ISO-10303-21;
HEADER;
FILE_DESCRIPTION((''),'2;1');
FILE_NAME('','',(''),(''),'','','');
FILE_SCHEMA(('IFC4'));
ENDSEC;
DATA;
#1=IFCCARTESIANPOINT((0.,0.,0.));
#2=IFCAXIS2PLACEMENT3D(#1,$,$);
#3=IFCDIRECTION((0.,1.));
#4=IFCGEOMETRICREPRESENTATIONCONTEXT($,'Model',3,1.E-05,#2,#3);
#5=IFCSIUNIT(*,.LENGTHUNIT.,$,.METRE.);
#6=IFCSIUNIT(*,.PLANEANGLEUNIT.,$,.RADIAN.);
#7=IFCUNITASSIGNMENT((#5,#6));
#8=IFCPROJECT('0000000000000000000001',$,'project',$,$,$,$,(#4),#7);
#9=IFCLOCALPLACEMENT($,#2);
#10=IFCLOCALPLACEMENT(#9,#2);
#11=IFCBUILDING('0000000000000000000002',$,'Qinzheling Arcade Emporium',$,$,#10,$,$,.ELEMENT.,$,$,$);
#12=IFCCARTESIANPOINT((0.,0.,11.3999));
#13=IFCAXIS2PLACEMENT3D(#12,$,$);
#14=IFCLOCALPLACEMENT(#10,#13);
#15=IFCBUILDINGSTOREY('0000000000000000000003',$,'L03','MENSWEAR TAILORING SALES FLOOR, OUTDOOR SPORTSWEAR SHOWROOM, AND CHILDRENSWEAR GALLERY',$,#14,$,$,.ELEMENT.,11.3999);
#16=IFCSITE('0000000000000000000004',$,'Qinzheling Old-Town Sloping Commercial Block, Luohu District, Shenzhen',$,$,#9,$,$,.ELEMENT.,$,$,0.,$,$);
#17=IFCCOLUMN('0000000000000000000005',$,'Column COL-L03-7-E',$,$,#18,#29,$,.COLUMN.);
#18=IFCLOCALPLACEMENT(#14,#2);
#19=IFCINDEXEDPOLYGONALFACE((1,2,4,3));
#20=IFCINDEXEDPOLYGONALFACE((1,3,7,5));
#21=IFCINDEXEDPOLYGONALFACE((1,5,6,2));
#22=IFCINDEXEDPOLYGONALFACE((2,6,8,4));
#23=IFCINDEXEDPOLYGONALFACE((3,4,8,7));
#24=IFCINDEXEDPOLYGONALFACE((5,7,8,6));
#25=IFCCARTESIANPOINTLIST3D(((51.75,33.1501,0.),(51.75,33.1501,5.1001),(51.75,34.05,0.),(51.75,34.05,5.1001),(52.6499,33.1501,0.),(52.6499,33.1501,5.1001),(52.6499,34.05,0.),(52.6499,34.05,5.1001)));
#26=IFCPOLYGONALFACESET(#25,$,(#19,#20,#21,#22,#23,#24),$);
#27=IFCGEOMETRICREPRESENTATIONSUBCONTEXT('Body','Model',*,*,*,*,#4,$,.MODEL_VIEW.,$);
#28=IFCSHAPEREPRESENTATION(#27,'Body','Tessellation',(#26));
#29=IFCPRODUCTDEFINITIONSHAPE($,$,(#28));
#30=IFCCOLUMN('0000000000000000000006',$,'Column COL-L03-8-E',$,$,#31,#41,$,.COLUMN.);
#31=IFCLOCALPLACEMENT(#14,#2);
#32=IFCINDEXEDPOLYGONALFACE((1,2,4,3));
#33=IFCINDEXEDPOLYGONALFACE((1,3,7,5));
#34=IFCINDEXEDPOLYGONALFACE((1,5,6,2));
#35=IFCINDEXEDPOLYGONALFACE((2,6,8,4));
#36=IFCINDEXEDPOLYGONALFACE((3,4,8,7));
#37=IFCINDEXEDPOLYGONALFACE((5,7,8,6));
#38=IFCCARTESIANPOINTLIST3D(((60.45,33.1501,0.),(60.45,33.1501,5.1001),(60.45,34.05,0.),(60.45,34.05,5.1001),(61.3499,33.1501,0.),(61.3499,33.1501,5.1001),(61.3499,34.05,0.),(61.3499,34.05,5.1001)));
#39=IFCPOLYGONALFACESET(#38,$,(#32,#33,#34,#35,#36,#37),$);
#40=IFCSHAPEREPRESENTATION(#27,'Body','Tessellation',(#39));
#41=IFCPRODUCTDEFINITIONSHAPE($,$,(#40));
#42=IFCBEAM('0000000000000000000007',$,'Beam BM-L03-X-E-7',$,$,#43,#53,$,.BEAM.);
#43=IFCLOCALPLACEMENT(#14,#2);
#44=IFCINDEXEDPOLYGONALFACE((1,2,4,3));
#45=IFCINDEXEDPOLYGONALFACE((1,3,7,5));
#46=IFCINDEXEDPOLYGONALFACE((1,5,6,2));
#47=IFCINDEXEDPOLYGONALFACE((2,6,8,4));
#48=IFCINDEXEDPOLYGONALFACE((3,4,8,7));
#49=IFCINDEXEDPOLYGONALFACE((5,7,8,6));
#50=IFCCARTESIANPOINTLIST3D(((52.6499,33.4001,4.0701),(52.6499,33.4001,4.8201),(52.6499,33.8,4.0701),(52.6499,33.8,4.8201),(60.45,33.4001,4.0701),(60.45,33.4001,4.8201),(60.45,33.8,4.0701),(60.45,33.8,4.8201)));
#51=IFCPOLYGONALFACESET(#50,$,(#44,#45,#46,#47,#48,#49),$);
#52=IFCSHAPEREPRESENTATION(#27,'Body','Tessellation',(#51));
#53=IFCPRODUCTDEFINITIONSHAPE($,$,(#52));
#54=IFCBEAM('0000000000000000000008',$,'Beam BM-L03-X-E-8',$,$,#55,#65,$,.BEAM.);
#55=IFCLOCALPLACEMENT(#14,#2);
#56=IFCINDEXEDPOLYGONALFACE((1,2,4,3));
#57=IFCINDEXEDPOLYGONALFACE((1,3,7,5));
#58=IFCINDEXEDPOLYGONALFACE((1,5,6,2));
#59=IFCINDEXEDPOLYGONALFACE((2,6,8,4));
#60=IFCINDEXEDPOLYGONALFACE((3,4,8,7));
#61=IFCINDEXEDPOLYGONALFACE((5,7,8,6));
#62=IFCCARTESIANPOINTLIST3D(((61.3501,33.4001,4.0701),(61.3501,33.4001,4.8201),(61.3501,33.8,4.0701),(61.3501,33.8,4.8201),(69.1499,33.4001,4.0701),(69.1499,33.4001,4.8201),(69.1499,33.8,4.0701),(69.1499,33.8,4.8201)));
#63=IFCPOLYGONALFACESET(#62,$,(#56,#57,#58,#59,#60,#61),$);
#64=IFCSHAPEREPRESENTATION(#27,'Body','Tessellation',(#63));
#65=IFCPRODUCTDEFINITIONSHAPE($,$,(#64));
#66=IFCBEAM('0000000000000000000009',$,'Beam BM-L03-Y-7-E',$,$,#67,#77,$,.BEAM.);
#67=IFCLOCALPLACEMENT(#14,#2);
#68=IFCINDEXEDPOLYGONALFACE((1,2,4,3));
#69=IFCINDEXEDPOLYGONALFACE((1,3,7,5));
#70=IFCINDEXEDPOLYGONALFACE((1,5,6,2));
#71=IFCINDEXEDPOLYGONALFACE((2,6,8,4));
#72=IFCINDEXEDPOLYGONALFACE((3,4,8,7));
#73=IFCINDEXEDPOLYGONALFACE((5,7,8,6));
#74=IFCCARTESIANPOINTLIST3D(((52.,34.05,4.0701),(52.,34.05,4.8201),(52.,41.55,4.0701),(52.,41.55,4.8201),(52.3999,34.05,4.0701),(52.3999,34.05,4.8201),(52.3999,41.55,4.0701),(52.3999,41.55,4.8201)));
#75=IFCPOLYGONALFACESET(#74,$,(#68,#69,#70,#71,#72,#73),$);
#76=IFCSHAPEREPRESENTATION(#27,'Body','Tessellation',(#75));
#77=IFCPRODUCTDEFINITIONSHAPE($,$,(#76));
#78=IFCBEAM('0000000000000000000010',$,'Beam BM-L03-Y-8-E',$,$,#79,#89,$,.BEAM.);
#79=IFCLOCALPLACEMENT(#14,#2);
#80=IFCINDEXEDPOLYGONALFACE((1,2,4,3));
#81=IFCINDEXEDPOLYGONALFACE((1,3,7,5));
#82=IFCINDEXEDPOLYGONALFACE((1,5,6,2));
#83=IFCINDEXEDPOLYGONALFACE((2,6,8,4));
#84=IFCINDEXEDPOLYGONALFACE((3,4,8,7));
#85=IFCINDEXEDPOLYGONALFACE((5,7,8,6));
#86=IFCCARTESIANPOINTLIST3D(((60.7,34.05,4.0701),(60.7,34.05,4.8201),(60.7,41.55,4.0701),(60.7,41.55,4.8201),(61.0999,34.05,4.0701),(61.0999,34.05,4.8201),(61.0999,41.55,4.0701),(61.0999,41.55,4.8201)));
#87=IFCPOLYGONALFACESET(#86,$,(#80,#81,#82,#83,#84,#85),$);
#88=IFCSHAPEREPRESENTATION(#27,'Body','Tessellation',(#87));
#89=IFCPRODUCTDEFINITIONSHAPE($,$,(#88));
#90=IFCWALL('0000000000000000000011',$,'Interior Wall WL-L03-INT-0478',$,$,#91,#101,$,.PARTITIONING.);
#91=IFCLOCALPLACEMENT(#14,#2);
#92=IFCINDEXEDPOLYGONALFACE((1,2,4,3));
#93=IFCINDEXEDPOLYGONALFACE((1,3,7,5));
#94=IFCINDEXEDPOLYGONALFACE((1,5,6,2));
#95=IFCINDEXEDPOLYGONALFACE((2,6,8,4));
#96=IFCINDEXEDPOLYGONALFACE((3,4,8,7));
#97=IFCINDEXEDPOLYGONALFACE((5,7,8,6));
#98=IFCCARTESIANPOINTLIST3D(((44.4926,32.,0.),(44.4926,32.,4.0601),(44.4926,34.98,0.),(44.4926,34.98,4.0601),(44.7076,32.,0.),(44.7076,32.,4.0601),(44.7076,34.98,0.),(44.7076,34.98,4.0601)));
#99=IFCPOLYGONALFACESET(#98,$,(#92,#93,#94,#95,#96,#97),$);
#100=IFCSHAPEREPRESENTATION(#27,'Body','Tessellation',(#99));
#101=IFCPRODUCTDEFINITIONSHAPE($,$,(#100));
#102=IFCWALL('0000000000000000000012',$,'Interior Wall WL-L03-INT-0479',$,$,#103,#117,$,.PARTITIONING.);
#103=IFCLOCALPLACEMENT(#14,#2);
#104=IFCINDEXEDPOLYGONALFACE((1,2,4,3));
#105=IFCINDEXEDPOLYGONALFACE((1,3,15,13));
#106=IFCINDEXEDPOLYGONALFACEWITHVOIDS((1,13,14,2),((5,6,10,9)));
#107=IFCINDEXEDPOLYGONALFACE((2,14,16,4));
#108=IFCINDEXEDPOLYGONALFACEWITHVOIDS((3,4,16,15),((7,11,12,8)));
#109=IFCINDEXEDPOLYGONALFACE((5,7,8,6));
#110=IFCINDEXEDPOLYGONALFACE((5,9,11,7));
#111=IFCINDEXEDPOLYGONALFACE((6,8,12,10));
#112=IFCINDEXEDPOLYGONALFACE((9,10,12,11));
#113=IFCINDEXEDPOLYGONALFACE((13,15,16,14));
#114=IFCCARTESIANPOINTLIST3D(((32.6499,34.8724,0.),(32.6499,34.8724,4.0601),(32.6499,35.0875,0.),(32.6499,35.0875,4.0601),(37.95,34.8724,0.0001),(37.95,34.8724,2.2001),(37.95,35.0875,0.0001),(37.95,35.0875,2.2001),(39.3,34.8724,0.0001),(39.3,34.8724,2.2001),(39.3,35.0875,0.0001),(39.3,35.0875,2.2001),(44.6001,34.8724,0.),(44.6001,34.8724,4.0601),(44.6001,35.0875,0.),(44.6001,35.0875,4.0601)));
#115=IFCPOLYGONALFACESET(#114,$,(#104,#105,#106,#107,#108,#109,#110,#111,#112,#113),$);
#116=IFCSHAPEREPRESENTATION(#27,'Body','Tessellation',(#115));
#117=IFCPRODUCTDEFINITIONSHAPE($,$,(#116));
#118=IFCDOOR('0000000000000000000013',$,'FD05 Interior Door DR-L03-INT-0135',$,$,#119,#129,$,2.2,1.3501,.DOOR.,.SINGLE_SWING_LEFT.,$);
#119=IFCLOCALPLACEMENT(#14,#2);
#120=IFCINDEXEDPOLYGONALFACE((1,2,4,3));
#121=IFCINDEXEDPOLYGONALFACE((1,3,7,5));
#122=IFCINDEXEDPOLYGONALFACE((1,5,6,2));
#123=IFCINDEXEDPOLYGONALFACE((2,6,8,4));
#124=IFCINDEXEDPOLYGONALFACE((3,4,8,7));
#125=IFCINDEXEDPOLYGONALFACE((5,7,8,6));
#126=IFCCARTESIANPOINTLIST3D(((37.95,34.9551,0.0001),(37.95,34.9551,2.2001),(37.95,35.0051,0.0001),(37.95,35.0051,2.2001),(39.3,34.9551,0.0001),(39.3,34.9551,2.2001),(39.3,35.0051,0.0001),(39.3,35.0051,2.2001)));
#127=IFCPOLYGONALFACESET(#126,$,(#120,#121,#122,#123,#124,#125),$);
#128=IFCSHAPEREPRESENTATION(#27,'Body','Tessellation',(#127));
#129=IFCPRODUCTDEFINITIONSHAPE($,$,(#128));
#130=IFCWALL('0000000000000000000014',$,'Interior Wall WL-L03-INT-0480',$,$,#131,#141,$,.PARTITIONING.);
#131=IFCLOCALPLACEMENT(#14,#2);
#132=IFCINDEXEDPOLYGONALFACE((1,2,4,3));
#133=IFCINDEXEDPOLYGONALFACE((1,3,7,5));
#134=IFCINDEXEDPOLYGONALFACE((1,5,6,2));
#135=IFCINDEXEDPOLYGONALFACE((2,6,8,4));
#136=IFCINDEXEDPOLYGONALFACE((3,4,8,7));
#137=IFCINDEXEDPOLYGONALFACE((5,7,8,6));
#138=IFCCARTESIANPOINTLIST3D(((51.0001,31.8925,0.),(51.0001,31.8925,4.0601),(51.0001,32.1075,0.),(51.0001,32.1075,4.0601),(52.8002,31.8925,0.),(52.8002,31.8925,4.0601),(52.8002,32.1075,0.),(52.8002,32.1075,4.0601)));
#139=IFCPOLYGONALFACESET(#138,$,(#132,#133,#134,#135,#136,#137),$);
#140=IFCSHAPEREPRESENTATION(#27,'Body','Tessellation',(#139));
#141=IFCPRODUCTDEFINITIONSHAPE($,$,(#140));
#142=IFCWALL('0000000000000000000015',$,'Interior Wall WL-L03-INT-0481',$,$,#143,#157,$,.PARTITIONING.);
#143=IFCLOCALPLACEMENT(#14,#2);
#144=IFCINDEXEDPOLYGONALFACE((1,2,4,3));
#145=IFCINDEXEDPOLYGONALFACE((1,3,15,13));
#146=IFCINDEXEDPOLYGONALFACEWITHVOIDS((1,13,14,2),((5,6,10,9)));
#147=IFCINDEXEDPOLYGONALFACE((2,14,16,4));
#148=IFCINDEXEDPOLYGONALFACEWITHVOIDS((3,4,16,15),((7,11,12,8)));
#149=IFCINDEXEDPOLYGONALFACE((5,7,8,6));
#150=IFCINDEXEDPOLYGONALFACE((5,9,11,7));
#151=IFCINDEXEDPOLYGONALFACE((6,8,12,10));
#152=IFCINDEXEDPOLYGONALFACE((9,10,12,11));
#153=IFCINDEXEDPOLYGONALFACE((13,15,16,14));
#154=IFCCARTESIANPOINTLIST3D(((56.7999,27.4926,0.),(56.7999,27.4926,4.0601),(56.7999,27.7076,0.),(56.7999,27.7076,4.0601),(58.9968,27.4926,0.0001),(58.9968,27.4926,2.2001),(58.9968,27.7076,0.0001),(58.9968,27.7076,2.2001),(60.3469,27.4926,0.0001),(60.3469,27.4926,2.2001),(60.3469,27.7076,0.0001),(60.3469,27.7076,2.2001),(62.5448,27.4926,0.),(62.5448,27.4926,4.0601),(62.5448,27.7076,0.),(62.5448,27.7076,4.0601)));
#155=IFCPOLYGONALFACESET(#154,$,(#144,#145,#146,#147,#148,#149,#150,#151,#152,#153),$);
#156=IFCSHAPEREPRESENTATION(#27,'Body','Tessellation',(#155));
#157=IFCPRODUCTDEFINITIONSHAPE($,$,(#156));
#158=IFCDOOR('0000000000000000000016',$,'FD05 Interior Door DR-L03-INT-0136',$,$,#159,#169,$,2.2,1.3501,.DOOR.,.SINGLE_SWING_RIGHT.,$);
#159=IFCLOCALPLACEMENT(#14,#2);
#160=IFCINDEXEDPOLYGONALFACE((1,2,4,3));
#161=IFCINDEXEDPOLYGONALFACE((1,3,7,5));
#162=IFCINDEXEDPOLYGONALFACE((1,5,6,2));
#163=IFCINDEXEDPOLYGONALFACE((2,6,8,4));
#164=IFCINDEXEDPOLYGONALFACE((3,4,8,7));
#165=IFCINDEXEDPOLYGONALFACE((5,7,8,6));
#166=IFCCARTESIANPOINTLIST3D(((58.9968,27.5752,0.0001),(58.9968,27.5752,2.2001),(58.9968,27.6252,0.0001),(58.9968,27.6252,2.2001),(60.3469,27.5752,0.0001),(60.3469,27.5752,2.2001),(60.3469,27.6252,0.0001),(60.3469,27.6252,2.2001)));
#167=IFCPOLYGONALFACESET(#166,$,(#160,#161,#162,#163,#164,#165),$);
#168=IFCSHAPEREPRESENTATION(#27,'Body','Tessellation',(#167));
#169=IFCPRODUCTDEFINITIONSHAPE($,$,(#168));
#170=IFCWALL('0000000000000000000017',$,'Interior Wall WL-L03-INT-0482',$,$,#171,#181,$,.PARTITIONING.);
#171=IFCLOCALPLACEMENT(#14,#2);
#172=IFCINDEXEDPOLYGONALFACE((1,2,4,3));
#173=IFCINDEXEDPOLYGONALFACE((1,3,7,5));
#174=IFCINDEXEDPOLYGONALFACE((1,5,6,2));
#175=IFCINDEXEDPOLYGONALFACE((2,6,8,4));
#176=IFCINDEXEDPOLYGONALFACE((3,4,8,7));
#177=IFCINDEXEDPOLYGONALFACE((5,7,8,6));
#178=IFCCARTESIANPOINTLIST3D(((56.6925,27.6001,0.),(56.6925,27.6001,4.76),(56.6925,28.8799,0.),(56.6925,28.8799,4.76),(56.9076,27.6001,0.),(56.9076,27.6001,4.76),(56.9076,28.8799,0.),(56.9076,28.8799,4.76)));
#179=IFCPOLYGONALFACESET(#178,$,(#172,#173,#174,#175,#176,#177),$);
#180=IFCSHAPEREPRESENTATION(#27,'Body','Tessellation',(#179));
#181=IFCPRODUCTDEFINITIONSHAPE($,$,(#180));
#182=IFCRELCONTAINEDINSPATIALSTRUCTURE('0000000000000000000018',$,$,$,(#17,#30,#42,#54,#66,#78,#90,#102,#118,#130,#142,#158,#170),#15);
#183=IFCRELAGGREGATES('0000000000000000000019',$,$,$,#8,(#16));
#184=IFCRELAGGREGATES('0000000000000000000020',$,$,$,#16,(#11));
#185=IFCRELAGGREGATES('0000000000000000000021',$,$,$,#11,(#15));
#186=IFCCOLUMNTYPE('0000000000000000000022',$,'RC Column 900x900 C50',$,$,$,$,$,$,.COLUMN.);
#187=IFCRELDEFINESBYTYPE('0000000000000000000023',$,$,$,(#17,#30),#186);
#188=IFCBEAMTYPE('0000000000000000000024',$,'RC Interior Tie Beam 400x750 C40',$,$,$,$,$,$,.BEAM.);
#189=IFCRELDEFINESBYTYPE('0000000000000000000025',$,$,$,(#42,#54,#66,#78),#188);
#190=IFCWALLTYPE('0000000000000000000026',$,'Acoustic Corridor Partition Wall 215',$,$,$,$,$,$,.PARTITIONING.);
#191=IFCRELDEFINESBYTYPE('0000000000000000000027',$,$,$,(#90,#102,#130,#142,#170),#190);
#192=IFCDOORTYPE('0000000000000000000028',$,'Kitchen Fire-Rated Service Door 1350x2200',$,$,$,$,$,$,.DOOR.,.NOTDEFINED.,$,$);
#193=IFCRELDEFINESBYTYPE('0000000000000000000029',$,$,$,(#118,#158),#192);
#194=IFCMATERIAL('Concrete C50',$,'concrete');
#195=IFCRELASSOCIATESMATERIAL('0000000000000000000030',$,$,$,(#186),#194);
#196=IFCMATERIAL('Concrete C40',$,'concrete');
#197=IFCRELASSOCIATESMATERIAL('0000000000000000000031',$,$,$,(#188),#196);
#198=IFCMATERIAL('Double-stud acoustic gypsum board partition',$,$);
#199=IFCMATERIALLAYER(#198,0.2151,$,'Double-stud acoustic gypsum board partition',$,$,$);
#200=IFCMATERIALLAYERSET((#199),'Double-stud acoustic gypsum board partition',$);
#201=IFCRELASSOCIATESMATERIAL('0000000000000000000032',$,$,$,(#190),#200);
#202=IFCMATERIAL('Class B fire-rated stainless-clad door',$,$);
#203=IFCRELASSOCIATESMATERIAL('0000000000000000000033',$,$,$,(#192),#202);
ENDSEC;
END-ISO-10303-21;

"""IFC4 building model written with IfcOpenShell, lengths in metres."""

from ifc_helpers import new_model, si_unit, direction, frame, frame_2d, origin, origin_2d, place, context, subcontext, project, spatial, rectangle, extrude, material, layer, layer_set, material_profile, profile_set, type_object, element, fill, save


model = new_model("IFC4")

# Units and contexts
model_context = context("Model", 3, precision=1e-05, world=origin(), true_north=direction((0.0, 1.0)))
body_context = subcontext(model_context, "Body", "Model", "MODEL_VIEW")
ifc_project = project(units=[si_unit("LENGTHUNIT", "METRE"), si_unit("PLANEANGLEUNIT", "RADIAN")], contexts=[model_context])

# Site, building, storey
site_placement = place(None, origin())
site = spatial("IfcSite", under=ifc_project, at=site_placement, Name="Qinzheling Old-Town Sloping Commercial Block, Luohu District, Shenzhen", CompositionType="ELEMENT", RefElevation=0.0)
building_placement = place(site_placement, origin())
building = spatial("IfcBuilding", under=site, at=building_placement, Name="Qinzheling Arcade Emporium", CompositionType="ELEMENT")
storey_placement = place(building_placement, frame((0.0, 0.0, 11.3999)))
storey = spatial("IfcBuildingStorey", under=building, at=storey_placement, Name="L03", Description="MENSWEAR TAILORING SALES FLOOR, OUTDOOR SPORTSWEAR SHOWROOM, AND CHILDRENSWEAR GALLERY", CompositionType="ELEMENT", Elevation=11.3999)

# Columns
ifc_material_1 = material(Name="Concrete C50", Category="concrete")
ifc_material_profile_1 = material_profile(ifc_material_1, rectangle(XDim=0.8999, YDim=0.8999, at=origin_2d()), Name="RC 900x900", Category="concrete")
ifc_profile_set_1 = profile_set([ifc_material_profile_1], Name="Concrete C50")
column_type = type_object("IfcColumnType", Name="RC Column 900x900 C50", PredefinedType="COLUMN", material=ifc_profile_set_1)
for number, where, z_axis, x_axis, name in (
    (1, (52.2, 33.6001, 0.0), (0.0, 0.0, 1.0), (1.0, 0.0, 0.0), "Column COL-L03-7-E"),
    (2, (60.8999, 33.6001, 0.0), (0.0, 0.0, 1.0), (1.0, 0.0, 0.0), "Column COL-L03-8-E"),
):
    element("IfcColumn", number, at=place(storey_placement, frame(where, z_axis=z_axis, x_axis=x_axis)), inside=storey, type_object=column_type, Name=name, PredefinedType="COLUMN", context=body_context, shape_type="SweptSolid", body=[
        extrude(rectangle(XDim=0.8999, YDim=0.8999, at=origin_2d()), origin(), (0.0, 0.0, 1.0), 5.1001),
    ])

# Beams
ifc_material_2 = material(Name="Concrete C40", Category="concrete")
ifc_material_profile_2 = material_profile(ifc_material_2, rectangle(XDim=0.3999, YDim=0.75, at=origin_2d()), Name="RC 400x750", Category="concrete")
ifc_profile_set_2 = profile_set([ifc_material_profile_2], Name="Concrete C40")
beam_type = type_object("IfcBeamType", Name="RC Interior Tie Beam 400x750 C40", PredefinedType="BEAM", material=ifc_profile_set_2)
beam_1_placement = place(storey_placement, frame((52.6499, 33.6001, 4.4451), z_axis=(1.0, 0.0, 0.0), x_axis=(0.0, 1.0, 0.0)))
element("IfcBeam", 3, at=beam_1_placement, inside=storey, type_object=beam_type, Name="Beam BM-L03-X-E-7", PredefinedType="BEAM", context=body_context, shape_type="SweptSolid", body=[
    extrude(rectangle(XDim=0.3999, YDim=0.75, at=origin_2d()), origin(), (0.0, 0.0, 1.0), 7.8),
])
beam_2_placement = place(storey_placement, frame((61.3501, 33.6001, 4.4451), z_axis=(1.0, 0.0, 0.0), x_axis=(0.0, 1.0, 0.0)))
element("IfcBeam", 4, at=beam_2_placement, inside=storey, type_object=beam_type, Name="Beam BM-L03-X-E-8", PredefinedType="BEAM", context=body_context, shape_type="SweptSolid", body=[
    extrude(rectangle(XDim=0.3999, YDim=0.75, at=origin_2d()), origin(), (0.0, 0.0, 1.0), 7.7998),
])
for number, where, z_axis, x_axis, name in (
    (5, (52.2, 34.05, 4.4451), (0.0, 1.0, 0.0), (-1.0, 0.0, 0.0), "Beam BM-L03-Y-7-E"),
    (6, (60.8999, 34.05, 4.4451), (0.0, 1.0, 0.0), (-1.0, 0.0, 0.0), "Beam BM-L03-Y-8-E"),
):
    element("IfcBeam", number, at=place(storey_placement, frame(where, z_axis=z_axis, x_axis=x_axis)), inside=storey, type_object=beam_type, Name=name, PredefinedType="BEAM", context=body_context, shape_type="SweptSolid", body=[
        extrude(rectangle(XDim=0.3999, YDim=0.75, at=origin_2d()), origin(), (0.0, 0.0, 1.0), 7.5),
    ])

# Wall
ifc_material_3 = material(Name="Double-stud acoustic gypsum board partition")
ifc_layer_1 = layer(ifc_material_3, 0.2151, Name="Double-stud acoustic gypsum board partition")
ifc_layer_set_1 = layer_set([ifc_layer_1], Name="Double-stud acoustic gypsum board partition")
wall_type_1 = type_object("IfcWallType", Name="Acoustic Corridor Partition Wall 215", PredefinedType="PARTITIONING", material=ifc_layer_set_1)
wall_1_placement = place(storey_placement, frame((44.6001, 32.0, 0.0), z_axis=(0.0, 0.0, 1.0), x_axis=(0.0, 1.0, 0.0)))
element("IfcWall", 7, at=wall_1_placement, inside=storey, type_object=wall_type_1, Name="Interior Wall WL-L03-INT-0478", PredefinedType="PARTITIONING", context=body_context, shape_type="SweptSolid", body=[
    extrude(rectangle(XDim=2.98, YDim=0.2151, at=frame_2d((1.49, 0.0))), origin(), (0.0, 0.0, 1.0), 4.0601),
])

# Wall, opening, door
wall_2_placement = place(storey_placement, frame((44.6001, 34.98, 0.0), z_axis=(0.0, 0.0, 1.0), x_axis=(-1.0, 0.0, 0.0)))
wall_2 = element("IfcWall", 8, at=wall_2_placement, inside=storey, type_object=wall_type_1, Name="Interior Wall WL-L03-INT-0479", PredefinedType="PARTITIONING", context=body_context, shape_type="SweptSolid", body=[
    extrude(rectangle(XDim=11.9502, YDim=0.2151, at=frame_2d((5.9751, 0.0))), origin(), (0.0, 0.0, 1.0), 4.0601),
])
opening_1_placement = place(wall_2_placement, frame((5.3, 0.0, 0.0)))
opening_1 = element("IfcOpeningElement", 9, at=opening_1_placement, cuts=wall_2, PredefinedType="OPENING", context=body_context, shape_type="SweptSolid", body=[
    extrude(rectangle(XDim=1.3501, YDim=2.2, at=frame_2d((0.675, 1.1001))), frame((0.0, 0.1177, 0.0), z_axis=(0.0, -1.0, 0.0), x_axis=(1.0, 0.0, 0.0)), (0.0, 0.0, 1.0), 0.2351),
])
ifc_material_4 = material(Name="Class B fire-rated stainless-clad door")
door_type_1 = type_object("IfcDoorType", Name="Kitchen Fire-Rated Service Door 1350x2200", OperationType="NOTDEFINED", PredefinedType="DOOR", material=ifc_material_4)
door_1_placement = place(opening_1_placement, origin())
door_1 = element("IfcDoor", 10, at=door_1_placement, inside=storey, type_object=door_type_1, Name="FD05 Interior Door DR-L03-INT-0135", OperationType="SINGLE_SWING_LEFT", OverallHeight=2.2, OverallWidth=1.3501, PredefinedType="DOOR", context=body_context, shape_type="SweptSolid", body=[
    extrude(rectangle(XDim=1.3501, YDim=2.2, at=frame_2d((0.675, 1.1001))), frame((0.0, 0.0249, 0.0), z_axis=(0.0, -1.0, 0.0), x_axis=(1.0, 0.0, 0.0)), (0.0, 0.0, 1.0), 0.05),
])
fill(opening_1, door_1)

# Wall
wall_3_placement = place(storey_placement, frame((52.8, 32.0, 0.0), z_axis=(0.0, 0.0, 1.0), x_axis=(-1.0, 0.0, 0.0)))
element("IfcWall", 11, at=wall_3_placement, inside=storey, type_object=wall_type_1, Name="Interior Wall WL-L03-INT-0480", PredefinedType="PARTITIONING", context=body_context, shape_type="SweptSolid", body=[
    extrude(rectangle(XDim=1.8, YDim=0.2151, at=frame_2d((0.8999, 0.0))), origin(), (0.0, 0.0, 1.0), 4.0601),
])

# Wall, opening, door
wall_4_placement = place(storey_placement, frame((62.5449, 27.6001, 0.0), z_axis=(0.0, 0.0, 1.0), x_axis=(-1.0, 0.0, 0.0)))
wall_4 = element("IfcWall", 12, at=wall_4_placement, inside=storey, type_object=wall_type_1, Name="Interior Wall WL-L03-INT-0481", PredefinedType="PARTITIONING", context=body_context, shape_type="SweptSolid", body=[
    extrude(rectangle(XDim=5.7449, YDim=0.2151, at=frame_2d((2.8726, 0.0))), origin(), (0.0, 0.0, 1.0), 4.0601),
])
opening_2_placement = place(wall_4_placement, frame((2.198, 0.0, 0.0)))
opening_2 = element("IfcOpeningElement", 13, at=opening_2_placement, cuts=wall_4, PredefinedType="OPENING", context=body_context, shape_type="SweptSolid", body=[
    extrude(rectangle(XDim=1.3501, YDim=2.2, at=frame_2d((0.675, 1.1001))), frame((0.0, 0.1177, 0.0), z_axis=(0.0, -1.0, 0.0), x_axis=(1.0, 0.0, 0.0)), (0.0, 0.0, 1.0), 0.2351),
])
door_2_placement = place(opening_2_placement, origin())
door_2 = element("IfcDoor", 14, at=door_2_placement, inside=storey, type_object=door_type_1, Name="FD05 Interior Door DR-L03-INT-0136", OperationType="SINGLE_SWING_RIGHT", OverallHeight=2.2, OverallWidth=1.3501, PredefinedType="DOOR", context=body_context, shape_type="SweptSolid", body=[
    extrude(rectangle(XDim=1.3501, YDim=2.2, at=frame_2d((0.675, 1.1001))), frame((0.0, 0.0249, 0.0), z_axis=(0.0, -1.0, 0.0), x_axis=(1.0, 0.0, 0.0)), (0.0, 0.0, 1.0), 0.05),
])
fill(opening_2, door_2)

# Wall
wall_5_placement = place(storey_placement, frame((56.8, 27.6001, 0.0), z_axis=(0.0, 0.0, 1.0), x_axis=(0.0, 1.0, 0.0)))
element("IfcWall", 15, at=wall_5_placement, inside=storey, type_object=wall_type_1, Name="Interior Wall WL-L03-INT-0482", PredefinedType="PARTITIONING", context=body_context, shape_type="SweptSolid", body=[
    extrude(rectangle(XDim=1.2798, YDim=0.2151, at=frame_2d((0.6399, 0.0))), origin(), (0.0, 0.0, 1.0), 4.76),
])

save(model, "model.ifc")
